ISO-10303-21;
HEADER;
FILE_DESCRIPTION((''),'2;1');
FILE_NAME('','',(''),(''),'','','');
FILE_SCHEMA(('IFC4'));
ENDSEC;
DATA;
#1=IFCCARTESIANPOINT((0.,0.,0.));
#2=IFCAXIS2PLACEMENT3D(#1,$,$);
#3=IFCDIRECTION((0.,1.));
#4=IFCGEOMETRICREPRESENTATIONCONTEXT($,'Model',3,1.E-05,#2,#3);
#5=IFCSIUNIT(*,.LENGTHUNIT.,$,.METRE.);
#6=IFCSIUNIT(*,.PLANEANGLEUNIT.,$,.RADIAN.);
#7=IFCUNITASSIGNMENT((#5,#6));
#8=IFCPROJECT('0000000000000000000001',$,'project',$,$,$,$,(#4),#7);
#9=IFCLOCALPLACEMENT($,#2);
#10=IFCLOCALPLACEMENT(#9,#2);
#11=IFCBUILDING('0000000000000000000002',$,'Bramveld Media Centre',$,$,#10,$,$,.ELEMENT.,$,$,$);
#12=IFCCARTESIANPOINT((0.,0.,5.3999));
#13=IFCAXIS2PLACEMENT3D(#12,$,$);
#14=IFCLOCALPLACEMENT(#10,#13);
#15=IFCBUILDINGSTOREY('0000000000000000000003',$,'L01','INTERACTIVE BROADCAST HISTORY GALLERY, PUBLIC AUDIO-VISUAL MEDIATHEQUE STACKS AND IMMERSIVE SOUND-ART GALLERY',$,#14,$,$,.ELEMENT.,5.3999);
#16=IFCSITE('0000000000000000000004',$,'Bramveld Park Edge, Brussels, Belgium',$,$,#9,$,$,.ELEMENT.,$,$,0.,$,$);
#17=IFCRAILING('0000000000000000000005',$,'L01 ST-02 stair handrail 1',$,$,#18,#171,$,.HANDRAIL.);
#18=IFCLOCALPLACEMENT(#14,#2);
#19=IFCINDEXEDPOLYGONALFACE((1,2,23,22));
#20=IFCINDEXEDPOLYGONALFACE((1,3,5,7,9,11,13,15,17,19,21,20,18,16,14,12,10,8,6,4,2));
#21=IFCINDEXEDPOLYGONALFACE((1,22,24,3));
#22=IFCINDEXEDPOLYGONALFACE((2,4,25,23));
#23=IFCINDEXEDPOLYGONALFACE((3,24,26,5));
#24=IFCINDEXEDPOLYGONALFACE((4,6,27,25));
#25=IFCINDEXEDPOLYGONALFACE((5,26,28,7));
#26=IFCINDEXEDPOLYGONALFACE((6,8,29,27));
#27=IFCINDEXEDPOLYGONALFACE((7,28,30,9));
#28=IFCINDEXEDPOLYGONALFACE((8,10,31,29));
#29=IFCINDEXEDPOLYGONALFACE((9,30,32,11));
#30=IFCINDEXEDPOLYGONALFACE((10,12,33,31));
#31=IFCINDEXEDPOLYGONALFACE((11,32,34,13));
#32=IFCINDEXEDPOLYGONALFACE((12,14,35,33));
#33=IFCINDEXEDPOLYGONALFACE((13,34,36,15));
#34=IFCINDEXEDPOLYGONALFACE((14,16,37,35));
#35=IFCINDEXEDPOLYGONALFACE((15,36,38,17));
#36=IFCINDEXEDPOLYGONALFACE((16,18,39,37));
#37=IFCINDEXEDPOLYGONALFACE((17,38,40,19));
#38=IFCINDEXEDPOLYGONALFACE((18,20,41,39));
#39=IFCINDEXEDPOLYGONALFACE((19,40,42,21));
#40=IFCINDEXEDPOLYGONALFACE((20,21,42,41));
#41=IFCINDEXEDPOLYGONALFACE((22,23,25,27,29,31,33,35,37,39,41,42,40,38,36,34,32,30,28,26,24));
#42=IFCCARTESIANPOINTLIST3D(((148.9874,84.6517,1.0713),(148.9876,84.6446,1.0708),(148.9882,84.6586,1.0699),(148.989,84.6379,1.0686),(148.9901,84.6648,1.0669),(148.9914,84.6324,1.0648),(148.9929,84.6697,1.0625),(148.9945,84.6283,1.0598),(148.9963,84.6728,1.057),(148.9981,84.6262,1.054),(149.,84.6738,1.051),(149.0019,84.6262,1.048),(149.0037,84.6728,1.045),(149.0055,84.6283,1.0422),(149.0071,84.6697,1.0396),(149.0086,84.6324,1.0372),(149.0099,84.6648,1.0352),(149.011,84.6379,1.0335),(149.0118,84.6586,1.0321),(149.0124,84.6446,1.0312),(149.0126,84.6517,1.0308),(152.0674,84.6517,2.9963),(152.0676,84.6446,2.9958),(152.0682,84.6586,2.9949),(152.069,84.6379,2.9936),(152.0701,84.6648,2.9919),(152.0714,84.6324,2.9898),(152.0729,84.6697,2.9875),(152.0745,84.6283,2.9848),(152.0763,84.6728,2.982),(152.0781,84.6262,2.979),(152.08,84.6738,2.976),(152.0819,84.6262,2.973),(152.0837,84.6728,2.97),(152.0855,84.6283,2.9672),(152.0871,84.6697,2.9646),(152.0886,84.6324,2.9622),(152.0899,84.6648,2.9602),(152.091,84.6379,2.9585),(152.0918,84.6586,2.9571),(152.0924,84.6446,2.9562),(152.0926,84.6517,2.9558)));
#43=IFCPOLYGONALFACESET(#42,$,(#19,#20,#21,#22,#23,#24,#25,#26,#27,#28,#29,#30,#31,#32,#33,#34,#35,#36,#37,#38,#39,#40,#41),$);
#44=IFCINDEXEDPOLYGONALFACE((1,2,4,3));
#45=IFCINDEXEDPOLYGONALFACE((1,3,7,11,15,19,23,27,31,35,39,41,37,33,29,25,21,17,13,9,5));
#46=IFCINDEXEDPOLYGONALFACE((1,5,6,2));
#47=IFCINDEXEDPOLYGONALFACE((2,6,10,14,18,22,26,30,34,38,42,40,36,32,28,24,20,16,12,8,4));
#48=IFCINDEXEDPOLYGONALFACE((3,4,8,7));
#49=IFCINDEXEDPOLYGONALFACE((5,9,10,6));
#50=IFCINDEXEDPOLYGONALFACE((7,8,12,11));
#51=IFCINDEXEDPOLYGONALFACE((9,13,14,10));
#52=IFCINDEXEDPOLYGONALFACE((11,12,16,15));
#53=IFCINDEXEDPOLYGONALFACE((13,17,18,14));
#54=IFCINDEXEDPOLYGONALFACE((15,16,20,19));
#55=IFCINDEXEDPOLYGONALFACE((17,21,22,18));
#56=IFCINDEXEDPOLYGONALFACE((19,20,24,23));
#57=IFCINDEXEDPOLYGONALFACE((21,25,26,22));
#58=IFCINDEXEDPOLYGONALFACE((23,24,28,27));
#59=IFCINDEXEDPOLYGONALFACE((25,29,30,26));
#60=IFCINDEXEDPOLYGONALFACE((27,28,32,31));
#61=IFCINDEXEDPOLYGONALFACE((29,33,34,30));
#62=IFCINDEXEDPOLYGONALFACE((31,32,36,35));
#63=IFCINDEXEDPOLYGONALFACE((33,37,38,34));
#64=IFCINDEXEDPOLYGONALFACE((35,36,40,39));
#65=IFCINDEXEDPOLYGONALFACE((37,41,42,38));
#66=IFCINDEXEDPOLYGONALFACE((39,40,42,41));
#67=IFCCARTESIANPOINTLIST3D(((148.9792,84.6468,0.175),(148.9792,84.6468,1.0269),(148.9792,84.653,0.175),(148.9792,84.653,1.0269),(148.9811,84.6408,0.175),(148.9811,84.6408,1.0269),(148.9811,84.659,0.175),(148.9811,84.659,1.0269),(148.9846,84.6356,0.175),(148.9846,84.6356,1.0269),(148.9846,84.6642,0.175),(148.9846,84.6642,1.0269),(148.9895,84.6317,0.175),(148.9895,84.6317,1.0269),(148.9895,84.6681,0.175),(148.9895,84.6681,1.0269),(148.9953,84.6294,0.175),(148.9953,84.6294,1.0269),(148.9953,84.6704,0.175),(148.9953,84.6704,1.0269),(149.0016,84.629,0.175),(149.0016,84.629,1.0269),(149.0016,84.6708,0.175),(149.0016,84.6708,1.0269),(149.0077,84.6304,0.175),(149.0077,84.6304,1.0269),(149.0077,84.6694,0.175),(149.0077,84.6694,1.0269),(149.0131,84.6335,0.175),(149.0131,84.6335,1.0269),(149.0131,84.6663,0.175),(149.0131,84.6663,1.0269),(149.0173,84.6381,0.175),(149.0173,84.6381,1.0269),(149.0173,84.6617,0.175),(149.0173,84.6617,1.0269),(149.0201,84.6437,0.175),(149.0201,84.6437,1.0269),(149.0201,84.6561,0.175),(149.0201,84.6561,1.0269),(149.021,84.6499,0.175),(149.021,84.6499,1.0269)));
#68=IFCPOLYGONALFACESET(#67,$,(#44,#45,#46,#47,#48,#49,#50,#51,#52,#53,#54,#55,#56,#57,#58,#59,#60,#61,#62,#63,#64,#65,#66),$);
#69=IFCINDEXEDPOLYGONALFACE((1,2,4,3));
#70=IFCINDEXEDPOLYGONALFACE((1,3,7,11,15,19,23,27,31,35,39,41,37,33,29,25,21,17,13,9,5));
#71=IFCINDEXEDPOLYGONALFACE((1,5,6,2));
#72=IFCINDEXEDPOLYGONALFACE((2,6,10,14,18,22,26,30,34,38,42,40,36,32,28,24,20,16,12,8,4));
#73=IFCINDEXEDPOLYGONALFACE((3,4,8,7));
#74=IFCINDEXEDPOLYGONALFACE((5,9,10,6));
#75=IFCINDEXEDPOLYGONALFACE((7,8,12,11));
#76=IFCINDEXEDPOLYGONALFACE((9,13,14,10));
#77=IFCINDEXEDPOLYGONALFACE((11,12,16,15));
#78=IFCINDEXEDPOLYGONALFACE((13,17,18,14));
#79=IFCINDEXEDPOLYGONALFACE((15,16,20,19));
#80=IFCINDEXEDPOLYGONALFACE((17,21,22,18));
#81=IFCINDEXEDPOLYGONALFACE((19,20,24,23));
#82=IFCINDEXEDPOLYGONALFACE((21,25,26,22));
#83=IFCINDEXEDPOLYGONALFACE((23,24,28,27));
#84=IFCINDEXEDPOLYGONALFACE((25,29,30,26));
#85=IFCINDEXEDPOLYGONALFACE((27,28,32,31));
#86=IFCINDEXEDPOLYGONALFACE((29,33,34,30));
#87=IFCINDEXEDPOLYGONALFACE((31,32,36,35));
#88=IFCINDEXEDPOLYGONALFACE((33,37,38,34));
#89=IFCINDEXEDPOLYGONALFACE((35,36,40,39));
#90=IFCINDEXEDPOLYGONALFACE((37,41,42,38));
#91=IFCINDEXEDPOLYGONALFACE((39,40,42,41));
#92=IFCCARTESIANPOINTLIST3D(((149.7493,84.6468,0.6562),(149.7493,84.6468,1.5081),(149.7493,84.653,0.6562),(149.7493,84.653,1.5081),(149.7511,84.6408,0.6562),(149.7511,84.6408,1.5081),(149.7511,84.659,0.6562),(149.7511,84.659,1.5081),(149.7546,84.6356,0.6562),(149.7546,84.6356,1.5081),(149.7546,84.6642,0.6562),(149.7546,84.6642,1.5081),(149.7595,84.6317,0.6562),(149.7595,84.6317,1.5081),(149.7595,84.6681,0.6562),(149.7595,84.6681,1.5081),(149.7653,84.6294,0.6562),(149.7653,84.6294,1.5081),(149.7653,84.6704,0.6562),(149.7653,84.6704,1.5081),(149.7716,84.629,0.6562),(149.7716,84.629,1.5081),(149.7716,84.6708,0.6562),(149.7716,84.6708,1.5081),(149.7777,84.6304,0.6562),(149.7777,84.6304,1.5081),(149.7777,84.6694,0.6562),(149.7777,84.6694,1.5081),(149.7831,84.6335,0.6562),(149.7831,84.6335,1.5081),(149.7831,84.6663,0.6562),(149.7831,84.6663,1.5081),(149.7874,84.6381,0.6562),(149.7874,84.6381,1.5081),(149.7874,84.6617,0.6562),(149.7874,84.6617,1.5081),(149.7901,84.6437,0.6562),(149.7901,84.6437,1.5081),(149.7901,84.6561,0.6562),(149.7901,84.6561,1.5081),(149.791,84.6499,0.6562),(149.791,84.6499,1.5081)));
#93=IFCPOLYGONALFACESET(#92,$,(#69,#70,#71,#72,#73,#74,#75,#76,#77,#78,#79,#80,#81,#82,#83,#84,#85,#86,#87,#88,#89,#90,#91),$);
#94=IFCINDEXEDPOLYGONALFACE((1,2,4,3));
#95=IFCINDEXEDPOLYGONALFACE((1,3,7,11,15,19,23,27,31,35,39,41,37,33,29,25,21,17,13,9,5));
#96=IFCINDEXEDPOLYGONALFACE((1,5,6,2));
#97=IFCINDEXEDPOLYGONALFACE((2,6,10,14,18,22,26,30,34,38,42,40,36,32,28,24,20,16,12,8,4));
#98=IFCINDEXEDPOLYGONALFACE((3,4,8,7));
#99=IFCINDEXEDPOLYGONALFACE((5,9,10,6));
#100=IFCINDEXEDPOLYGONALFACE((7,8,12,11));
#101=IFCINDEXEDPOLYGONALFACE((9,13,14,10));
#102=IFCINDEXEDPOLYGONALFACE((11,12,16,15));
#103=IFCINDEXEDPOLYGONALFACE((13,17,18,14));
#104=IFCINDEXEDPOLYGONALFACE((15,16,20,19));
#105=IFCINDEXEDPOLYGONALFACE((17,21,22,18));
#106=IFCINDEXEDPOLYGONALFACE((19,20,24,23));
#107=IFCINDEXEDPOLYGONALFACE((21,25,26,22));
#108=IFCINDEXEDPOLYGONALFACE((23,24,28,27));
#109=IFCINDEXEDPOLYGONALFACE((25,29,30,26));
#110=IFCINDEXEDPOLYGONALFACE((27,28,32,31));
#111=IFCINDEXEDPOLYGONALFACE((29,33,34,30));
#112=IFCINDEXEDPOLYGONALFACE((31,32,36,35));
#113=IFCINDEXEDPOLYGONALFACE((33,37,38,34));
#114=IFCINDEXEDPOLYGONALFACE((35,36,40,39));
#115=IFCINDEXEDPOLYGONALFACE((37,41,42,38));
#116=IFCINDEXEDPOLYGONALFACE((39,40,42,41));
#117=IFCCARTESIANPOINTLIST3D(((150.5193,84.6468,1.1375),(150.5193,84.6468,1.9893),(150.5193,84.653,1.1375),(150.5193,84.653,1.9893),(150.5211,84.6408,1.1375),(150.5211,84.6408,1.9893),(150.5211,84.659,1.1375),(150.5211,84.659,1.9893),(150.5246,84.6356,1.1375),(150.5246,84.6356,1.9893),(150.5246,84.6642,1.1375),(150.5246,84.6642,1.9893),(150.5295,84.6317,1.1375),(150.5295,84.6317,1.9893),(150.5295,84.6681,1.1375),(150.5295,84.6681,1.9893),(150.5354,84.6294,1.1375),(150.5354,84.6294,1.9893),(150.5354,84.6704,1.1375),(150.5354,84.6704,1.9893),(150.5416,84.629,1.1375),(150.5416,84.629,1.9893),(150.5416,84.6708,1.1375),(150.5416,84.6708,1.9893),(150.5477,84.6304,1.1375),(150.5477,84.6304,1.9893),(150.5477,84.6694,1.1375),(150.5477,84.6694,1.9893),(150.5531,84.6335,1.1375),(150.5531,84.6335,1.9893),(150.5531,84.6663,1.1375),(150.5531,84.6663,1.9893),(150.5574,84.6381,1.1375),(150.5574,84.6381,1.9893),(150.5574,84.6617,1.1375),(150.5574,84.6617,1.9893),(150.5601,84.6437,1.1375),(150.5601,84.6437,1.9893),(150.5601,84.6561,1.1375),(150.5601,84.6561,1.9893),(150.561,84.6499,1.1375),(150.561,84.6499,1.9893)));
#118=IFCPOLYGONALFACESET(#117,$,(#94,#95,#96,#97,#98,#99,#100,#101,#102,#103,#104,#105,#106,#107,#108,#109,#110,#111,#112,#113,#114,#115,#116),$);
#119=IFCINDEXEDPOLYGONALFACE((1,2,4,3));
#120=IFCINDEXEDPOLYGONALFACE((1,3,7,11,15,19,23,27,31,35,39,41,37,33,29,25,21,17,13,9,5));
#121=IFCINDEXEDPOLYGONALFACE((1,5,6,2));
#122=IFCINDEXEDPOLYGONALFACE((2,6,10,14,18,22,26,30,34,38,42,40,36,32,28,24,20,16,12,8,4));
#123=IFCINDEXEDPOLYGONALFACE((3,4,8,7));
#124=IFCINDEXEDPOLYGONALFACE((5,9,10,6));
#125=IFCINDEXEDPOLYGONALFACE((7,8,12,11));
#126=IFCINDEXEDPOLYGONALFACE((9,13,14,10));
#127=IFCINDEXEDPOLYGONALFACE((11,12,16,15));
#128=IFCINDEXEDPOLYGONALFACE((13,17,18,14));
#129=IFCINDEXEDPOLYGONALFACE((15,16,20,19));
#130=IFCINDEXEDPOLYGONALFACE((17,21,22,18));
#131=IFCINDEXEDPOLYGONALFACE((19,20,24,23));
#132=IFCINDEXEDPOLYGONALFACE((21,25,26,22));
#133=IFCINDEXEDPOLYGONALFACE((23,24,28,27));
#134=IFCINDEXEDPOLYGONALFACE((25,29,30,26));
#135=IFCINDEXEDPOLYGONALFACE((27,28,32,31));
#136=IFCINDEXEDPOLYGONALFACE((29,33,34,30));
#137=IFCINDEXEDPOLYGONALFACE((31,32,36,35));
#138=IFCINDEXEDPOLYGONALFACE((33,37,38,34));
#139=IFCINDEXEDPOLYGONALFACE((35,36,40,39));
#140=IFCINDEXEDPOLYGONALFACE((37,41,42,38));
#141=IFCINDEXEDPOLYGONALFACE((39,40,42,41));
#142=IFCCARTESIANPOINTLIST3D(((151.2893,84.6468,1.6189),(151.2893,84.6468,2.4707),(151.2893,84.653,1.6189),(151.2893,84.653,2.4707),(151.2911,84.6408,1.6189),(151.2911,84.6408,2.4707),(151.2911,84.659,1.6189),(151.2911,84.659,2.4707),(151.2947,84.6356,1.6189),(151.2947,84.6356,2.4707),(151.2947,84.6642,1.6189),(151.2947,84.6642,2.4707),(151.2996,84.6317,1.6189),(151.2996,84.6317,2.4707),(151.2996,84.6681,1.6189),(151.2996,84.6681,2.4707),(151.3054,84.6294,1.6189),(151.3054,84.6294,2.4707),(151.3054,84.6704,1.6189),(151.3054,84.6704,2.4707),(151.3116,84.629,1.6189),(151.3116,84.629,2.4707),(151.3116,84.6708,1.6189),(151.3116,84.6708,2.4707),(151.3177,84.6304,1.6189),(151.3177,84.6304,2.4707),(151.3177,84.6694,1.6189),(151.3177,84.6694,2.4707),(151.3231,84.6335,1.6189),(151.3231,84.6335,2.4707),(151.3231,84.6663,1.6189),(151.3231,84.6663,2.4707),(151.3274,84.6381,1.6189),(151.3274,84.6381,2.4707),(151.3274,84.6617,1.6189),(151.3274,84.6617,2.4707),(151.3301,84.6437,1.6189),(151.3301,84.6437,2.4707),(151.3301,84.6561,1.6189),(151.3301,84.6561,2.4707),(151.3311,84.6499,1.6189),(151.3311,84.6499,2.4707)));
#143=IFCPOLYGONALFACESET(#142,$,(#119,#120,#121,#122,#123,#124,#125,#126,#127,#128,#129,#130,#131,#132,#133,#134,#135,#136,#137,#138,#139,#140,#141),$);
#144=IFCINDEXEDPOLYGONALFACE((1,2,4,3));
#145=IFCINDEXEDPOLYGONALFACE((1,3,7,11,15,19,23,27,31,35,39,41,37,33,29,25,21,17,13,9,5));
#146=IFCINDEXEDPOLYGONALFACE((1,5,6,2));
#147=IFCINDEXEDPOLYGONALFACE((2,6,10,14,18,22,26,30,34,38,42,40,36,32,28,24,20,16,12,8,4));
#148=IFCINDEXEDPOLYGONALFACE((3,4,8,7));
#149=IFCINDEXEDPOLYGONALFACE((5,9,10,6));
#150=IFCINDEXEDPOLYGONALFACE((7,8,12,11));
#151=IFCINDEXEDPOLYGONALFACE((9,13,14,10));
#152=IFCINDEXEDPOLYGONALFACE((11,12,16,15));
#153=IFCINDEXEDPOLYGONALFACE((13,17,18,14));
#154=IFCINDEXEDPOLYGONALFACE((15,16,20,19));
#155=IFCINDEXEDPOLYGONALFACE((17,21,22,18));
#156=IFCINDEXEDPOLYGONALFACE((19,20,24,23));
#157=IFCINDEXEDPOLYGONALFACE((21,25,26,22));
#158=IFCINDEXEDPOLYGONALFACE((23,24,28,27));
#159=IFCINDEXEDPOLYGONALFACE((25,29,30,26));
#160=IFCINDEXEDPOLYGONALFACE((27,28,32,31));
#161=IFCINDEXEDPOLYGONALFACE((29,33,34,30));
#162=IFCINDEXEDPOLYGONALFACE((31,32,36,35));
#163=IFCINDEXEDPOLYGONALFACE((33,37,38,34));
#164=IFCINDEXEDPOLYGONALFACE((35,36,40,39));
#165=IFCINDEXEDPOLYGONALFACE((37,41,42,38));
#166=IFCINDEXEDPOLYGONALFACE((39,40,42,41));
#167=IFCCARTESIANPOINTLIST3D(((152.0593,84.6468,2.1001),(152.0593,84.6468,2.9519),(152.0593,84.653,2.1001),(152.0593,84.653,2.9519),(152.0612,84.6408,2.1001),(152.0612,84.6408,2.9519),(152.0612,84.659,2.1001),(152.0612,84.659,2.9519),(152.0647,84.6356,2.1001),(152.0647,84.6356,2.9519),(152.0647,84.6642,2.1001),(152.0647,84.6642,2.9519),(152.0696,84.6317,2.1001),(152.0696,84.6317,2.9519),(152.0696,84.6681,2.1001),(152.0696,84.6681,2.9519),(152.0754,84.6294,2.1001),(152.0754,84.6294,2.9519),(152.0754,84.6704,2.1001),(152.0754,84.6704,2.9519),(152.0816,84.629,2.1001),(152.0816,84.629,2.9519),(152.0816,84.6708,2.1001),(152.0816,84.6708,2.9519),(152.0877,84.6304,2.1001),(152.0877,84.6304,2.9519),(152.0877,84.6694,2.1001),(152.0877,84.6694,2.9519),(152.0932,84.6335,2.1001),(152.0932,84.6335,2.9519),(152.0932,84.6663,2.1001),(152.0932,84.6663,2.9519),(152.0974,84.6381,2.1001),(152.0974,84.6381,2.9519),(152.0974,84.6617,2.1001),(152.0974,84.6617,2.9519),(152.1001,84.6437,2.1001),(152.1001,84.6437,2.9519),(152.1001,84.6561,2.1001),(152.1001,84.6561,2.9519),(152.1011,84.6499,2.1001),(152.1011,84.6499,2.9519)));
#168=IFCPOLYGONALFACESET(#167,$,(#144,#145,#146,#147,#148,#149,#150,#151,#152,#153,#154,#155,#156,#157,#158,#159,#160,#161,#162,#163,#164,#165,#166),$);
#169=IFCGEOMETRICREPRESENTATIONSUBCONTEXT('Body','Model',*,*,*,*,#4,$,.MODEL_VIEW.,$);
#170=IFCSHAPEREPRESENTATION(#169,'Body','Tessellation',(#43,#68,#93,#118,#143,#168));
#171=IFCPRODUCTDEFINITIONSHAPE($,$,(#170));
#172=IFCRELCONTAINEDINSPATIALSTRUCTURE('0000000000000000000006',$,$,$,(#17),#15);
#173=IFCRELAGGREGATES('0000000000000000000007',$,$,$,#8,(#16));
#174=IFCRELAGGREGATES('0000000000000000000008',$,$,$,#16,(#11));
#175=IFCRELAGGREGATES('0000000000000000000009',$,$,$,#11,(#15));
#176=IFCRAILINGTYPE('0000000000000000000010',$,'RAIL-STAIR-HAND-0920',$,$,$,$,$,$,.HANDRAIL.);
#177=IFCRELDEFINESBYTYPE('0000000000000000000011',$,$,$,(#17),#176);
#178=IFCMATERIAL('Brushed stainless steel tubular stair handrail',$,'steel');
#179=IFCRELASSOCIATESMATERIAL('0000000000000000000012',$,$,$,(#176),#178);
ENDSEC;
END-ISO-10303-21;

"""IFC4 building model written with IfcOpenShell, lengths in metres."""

from ifc_helpers import new_model, si_unit, direction, frame, origin, origin_2d, place, context, subcontext, project, spatial, circle, extrude, material, type_object, element, save


model = new_model("IFC4")

# Units and contexts
model_context = context("Model", 3, precision=1e-05, world=origin(), true_north=direction((0.0, 1.0)))
body_context = subcontext(model_context, "Body", "Model", "MODEL_VIEW")
ifc_project = project(units=[si_unit("LENGTHUNIT", "METRE"), si_unit("PLANEANGLEUNIT", "RADIAN")], contexts=[model_context])

# Site, building, storey
site_placement = place(None, origin())
site = spatial("IfcSite", under=ifc_project, at=site_placement, Name="Bramveld Park Edge, Brussels, Belgium", CompositionType="ELEMENT", RefElevation=0.0)
building_placement = place(site_placement, origin())
building = spatial("IfcBuilding", under=site, at=building_placement, Name="Bramveld Media Centre", CompositionType="ELEMENT")
storey_placement = place(building_placement, frame((0.0, 0.0, 5.3999)))
storey = spatial("IfcBuildingStorey", under=building, at=storey_placement, Name="L01", Description="INTERACTIVE BROADCAST HISTORY GALLERY, PUBLIC AUDIO-VISUAL MEDIATHEQUE STACKS AND IMMERSIVE SOUND-ART GALLERY", CompositionType="ELEMENT", Elevation=5.3999)

# Railing
ifc_material_1 = material(Name="Brushed stainless steel tubular stair handrail", Category="steel")
railing_type_1 = type_object("IfcRailingType", Name="RAIL-STAIR-HAND-0920", PredefinedType="HANDRAIL", material=ifc_material_1)
railing_1_placement = place(storey_placement, frame((149.0, 84.6499, 0.175)))
element("IfcRailing", 1, at=railing_1_placement, inside=storey, type_object=railing_type_1, Name="L01 ST-02 stair handrail 1", PredefinedType="HANDRAIL", context=body_context, shape_type="SweptSolid", body=[
    extrude(circle(Radius=0.0239, at=origin_2d()), frame((0.0, 0.0, 0.876), z_axis=(0.847998, 0.0, 0.529999), x_axis=(0.0, 1.0, 0.0)), (0.0, 0.0, 1.0), 3.6321),
    extrude(circle(Radius=0.021, at=origin_2d()), origin(), (0.0, 0.0, 1.0), 0.8518),
    extrude(circle(Radius=0.021, at=origin_2d()), frame((0.77, 0.0, 0.4812)), (0.0, 0.0, 1.0), 0.8518),
    extrude(circle(Radius=0.021, at=origin_2d()), frame((1.54, 0.0, 0.9624)), (0.0, 0.0, 1.0), 0.8518),
    extrude(circle(Radius=0.021, at=origin_2d()), frame((2.3101, 0.0, 1.4438)), (0.0, 0.0, 1.0), 0.8518),
    extrude(circle(Radius=0.021, at=origin_2d()), frame((3.0801, 0.0, 1.925)), (0.0, 0.0, 1.0), 0.8518),
])

save(model, "model.ifc")
